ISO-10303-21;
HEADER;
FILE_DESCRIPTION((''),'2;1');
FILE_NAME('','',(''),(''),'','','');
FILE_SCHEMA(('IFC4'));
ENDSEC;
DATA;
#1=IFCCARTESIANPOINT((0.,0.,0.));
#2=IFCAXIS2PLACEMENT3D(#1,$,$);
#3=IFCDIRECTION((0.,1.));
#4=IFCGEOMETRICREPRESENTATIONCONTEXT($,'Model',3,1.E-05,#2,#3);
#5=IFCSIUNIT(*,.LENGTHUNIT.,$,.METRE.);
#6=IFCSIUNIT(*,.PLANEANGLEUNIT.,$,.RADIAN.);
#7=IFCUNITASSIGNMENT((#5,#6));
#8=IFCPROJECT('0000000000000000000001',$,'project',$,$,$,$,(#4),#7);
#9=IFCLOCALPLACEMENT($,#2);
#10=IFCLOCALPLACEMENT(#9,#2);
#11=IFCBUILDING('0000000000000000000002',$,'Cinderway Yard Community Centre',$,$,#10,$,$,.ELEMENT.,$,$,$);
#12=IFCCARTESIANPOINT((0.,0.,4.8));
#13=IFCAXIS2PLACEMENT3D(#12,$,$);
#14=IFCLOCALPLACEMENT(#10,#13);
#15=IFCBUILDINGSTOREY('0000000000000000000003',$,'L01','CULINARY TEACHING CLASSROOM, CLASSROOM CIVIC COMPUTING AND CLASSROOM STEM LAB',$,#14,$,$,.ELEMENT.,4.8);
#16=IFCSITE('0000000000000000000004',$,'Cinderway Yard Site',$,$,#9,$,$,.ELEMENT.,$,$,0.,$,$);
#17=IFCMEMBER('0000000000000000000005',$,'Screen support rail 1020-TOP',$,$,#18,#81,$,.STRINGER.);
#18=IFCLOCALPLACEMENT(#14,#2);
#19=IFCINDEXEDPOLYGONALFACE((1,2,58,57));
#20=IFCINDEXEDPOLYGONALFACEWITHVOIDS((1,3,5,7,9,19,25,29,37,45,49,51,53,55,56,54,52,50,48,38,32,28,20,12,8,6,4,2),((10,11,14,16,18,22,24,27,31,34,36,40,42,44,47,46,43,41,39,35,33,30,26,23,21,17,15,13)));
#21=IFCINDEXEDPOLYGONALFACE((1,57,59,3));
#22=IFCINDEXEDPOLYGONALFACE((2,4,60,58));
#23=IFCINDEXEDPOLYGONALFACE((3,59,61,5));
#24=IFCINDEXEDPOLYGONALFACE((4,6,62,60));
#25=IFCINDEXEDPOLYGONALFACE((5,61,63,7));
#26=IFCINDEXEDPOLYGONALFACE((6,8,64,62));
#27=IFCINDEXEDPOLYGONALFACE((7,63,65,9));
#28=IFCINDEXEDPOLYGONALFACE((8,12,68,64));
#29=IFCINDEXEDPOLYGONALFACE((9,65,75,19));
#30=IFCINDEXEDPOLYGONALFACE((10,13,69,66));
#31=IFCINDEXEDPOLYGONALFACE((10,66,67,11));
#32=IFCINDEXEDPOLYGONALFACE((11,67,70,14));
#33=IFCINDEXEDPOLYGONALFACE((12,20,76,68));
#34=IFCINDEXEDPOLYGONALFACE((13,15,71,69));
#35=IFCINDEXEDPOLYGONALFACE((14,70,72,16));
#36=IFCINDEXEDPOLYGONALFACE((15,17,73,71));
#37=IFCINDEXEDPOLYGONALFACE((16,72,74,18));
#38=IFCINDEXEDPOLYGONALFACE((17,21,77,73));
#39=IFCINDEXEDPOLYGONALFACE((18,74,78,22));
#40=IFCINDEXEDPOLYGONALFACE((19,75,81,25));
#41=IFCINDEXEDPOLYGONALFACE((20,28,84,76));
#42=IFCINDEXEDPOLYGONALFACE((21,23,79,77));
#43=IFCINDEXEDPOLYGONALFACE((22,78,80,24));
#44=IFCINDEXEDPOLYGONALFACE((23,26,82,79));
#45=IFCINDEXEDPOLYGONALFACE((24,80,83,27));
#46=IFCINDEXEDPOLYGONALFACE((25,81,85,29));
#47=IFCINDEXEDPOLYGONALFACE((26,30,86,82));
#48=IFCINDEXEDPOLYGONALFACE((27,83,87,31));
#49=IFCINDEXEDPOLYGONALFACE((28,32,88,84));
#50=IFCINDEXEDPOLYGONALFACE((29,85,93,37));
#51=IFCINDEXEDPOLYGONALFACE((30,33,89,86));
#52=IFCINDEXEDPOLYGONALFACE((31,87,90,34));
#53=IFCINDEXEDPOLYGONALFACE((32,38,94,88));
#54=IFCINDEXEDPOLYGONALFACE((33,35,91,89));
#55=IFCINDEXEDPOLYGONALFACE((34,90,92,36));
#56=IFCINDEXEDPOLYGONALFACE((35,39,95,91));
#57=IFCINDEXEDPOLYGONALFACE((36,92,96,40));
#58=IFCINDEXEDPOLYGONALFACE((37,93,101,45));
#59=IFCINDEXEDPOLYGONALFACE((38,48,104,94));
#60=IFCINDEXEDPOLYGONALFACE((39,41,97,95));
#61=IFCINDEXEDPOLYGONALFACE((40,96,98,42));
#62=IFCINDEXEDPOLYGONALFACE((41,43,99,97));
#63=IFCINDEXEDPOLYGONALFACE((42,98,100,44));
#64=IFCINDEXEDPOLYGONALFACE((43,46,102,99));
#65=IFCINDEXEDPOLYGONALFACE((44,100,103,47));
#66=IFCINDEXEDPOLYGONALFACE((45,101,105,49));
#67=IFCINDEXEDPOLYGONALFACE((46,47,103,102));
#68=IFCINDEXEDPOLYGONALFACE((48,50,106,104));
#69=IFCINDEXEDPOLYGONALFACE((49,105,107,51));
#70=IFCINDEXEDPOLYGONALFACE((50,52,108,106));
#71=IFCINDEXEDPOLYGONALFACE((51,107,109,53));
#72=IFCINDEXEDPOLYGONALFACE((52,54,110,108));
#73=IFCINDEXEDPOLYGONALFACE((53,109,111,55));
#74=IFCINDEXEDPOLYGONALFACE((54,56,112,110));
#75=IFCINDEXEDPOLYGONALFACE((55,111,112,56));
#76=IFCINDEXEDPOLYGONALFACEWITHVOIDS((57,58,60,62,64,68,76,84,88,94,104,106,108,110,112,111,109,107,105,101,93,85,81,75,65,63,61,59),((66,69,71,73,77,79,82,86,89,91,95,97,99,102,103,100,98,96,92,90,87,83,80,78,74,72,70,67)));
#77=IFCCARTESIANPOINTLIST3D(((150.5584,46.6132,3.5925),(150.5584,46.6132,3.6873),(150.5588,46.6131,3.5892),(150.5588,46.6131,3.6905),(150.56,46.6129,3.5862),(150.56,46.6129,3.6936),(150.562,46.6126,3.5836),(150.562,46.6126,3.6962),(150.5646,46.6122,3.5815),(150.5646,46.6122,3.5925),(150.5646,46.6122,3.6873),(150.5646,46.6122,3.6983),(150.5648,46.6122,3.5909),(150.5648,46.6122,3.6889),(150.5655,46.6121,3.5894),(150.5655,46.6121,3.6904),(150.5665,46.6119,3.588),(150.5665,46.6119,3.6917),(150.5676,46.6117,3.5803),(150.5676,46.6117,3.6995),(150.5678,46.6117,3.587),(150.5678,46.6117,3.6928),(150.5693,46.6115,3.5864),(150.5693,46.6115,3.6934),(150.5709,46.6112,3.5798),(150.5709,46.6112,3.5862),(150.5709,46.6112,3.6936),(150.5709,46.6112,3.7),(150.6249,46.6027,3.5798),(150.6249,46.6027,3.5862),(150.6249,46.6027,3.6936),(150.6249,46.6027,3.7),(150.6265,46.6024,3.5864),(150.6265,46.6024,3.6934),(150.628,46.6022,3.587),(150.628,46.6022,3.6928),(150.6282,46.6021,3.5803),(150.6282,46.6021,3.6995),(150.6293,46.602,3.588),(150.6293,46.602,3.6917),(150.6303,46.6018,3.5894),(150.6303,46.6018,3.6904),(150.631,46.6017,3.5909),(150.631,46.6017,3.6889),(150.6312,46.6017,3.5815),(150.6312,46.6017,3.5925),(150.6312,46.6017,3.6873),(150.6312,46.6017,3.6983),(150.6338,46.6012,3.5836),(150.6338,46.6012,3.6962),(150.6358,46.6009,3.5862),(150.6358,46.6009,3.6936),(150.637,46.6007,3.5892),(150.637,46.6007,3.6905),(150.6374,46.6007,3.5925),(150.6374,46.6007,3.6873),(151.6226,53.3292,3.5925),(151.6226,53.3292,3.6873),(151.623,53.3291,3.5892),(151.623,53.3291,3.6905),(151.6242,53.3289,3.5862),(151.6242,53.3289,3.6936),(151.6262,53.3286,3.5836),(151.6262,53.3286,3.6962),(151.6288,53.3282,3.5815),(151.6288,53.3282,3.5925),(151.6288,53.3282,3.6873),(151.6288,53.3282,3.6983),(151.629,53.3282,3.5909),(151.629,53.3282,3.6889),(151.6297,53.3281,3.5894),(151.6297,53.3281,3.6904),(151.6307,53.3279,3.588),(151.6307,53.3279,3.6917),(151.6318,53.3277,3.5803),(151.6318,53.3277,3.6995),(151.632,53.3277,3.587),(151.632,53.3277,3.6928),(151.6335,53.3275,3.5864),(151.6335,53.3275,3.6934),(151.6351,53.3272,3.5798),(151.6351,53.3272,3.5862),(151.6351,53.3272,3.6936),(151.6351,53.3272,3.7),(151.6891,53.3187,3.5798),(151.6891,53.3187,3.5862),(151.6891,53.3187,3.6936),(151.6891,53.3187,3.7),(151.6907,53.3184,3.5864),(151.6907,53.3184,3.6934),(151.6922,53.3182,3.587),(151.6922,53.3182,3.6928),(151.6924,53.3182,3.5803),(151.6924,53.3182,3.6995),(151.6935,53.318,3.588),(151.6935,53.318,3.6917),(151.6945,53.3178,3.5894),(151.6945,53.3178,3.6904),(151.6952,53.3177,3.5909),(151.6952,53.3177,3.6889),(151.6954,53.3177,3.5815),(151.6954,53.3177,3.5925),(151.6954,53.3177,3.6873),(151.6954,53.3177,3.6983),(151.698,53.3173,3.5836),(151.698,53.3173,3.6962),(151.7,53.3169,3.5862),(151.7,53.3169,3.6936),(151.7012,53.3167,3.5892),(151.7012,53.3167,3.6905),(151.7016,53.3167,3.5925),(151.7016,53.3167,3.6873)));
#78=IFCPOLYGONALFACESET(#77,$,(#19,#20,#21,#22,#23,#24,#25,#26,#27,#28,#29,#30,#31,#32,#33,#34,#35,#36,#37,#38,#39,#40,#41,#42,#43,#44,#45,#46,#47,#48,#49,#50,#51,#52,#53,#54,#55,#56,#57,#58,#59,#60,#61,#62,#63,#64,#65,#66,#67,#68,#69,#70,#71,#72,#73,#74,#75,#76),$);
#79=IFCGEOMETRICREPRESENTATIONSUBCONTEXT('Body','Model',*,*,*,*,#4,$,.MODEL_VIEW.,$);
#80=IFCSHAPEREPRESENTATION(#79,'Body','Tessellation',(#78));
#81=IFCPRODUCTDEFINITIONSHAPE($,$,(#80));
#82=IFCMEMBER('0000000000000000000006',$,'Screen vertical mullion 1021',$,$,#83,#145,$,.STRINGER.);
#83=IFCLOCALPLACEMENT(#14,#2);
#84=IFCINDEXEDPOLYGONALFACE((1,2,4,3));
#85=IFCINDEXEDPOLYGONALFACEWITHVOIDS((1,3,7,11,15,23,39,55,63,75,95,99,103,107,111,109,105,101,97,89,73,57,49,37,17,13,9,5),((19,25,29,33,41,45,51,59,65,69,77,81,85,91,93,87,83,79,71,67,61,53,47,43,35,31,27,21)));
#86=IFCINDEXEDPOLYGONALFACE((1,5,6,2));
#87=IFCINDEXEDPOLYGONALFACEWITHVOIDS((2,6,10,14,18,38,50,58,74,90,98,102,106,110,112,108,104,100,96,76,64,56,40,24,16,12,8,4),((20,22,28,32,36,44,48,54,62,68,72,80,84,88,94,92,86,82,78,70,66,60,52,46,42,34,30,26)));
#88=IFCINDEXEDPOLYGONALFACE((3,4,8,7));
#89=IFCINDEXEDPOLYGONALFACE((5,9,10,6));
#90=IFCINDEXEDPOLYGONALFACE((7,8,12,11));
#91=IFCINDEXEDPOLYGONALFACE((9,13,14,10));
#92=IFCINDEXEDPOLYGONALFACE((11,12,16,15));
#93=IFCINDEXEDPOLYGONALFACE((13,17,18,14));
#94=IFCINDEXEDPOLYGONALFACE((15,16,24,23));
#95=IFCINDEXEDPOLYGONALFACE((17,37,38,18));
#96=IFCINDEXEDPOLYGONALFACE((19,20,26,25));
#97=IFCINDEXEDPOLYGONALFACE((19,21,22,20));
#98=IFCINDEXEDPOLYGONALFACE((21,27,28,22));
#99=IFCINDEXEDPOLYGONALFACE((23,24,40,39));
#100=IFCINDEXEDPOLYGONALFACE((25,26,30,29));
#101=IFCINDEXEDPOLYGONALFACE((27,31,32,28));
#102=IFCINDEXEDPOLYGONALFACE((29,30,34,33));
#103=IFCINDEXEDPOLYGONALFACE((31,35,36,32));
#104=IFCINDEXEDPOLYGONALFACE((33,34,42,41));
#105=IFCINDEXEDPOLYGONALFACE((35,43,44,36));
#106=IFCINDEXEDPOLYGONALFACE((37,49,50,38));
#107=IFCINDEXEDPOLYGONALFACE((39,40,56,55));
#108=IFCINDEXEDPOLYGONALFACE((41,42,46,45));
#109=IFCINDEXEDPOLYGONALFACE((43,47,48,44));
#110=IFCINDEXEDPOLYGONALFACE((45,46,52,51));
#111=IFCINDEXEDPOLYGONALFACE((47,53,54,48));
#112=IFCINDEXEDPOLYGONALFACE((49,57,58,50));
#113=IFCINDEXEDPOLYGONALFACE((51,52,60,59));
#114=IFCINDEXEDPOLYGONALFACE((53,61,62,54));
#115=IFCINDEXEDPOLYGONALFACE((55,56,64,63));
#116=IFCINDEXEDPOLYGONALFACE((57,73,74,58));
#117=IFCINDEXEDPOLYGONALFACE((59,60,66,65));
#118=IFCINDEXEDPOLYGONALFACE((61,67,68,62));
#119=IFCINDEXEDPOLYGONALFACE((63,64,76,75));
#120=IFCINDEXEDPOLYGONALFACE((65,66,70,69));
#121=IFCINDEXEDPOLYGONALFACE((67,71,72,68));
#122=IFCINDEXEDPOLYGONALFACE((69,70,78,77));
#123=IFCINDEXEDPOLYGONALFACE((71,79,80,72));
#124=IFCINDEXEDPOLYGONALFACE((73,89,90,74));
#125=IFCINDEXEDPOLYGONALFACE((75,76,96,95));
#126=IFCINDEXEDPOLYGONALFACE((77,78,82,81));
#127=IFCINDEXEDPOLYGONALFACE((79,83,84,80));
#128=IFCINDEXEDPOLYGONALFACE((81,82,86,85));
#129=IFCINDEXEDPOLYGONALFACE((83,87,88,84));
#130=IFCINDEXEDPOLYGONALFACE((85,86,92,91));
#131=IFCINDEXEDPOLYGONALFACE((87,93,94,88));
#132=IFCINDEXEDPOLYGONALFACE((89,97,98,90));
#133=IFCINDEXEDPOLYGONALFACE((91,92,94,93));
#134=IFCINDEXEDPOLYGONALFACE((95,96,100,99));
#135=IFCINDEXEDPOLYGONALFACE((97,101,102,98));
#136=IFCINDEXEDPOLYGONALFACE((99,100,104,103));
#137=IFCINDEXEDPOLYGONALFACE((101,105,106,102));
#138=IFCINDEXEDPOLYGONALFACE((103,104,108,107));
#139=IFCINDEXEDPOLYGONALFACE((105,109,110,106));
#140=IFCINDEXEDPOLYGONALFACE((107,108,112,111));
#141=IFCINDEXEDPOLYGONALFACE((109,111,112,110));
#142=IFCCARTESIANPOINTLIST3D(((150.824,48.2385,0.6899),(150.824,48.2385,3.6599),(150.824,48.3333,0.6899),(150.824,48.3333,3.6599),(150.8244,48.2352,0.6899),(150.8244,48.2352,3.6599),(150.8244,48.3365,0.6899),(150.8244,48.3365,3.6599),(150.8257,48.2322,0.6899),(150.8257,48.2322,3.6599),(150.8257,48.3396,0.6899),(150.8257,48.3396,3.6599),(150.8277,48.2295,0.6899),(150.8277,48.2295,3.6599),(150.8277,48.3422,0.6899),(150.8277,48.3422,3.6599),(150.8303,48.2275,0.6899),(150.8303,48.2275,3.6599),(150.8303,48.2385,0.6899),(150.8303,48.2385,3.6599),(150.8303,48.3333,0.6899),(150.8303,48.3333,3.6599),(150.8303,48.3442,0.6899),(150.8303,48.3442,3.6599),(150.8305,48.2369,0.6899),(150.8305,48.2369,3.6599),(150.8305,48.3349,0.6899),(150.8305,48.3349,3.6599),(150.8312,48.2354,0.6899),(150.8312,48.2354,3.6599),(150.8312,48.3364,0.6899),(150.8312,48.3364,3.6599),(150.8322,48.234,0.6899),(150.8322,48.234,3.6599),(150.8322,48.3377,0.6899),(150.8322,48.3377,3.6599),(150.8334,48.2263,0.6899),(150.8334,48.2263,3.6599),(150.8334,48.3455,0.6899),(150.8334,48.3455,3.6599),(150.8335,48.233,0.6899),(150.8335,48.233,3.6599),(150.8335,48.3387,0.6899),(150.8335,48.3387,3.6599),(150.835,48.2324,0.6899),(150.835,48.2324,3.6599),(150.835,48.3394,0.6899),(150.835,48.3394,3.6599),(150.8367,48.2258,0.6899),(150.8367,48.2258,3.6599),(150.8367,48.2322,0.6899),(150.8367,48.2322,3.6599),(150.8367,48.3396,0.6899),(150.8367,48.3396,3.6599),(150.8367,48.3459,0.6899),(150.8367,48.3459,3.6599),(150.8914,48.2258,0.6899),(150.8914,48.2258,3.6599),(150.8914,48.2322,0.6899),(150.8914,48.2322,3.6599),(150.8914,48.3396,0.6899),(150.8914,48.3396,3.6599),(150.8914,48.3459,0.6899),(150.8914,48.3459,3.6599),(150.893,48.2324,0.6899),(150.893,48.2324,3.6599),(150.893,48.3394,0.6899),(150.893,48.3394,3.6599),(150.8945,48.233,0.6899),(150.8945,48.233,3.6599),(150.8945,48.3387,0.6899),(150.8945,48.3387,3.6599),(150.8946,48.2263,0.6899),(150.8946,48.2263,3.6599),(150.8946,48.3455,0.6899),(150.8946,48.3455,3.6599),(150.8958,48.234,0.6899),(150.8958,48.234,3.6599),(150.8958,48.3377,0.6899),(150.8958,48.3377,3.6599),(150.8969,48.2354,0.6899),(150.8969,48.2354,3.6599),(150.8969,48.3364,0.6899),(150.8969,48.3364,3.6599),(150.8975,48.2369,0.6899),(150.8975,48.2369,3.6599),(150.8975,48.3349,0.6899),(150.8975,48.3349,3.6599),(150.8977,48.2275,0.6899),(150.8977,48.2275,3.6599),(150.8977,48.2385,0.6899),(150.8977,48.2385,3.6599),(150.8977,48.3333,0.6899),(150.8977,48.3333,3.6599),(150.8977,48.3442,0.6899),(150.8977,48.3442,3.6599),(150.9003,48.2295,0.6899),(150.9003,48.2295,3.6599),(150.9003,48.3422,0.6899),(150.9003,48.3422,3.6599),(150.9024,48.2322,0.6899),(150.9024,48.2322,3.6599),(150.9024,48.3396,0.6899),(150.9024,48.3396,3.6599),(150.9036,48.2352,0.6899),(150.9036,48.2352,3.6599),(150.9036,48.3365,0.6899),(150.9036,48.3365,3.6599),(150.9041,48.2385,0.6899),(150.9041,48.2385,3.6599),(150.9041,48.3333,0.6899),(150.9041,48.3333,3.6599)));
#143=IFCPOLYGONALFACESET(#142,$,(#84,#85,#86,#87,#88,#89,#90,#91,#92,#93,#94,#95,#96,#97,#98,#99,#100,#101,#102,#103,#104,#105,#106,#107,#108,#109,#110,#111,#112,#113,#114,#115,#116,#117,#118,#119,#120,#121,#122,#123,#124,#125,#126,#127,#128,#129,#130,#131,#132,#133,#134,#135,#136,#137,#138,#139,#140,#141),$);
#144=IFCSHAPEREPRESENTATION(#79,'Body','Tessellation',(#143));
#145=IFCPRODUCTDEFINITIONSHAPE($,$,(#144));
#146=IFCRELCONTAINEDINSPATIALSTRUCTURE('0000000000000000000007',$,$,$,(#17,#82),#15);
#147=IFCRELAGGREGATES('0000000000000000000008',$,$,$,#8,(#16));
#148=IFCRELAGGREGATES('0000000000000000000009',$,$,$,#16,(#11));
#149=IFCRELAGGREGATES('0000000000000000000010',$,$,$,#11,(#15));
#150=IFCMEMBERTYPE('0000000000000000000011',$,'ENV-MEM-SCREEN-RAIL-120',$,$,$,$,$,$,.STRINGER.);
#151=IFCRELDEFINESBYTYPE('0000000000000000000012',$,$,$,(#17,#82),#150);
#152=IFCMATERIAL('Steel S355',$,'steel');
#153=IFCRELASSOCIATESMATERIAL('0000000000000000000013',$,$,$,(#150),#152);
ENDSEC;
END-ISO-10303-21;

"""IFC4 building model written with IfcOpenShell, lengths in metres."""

from ifc_helpers import new_model, si_unit, direction, frame, origin, origin_2d, place, context, subcontext, project, spatial, hollow_rectangle, extrude, material, material_profile, profile_set, type_object, element, save


model = new_model("IFC4")

# Units and contexts
model_context = context("Model", 3, precision=1e-05, world=origin(), true_north=direction((0.0, 1.0)))
body_context = subcontext(model_context, "Body", "Model", "MODEL_VIEW")
ifc_project = project(units=[si_unit("LENGTHUNIT", "METRE"), si_unit("PLANEANGLEUNIT", "RADIAN")], contexts=[model_context])

# Site, building, storey
site_placement = place(None, origin())
site = spatial("IfcSite", under=ifc_project, at=site_placement, Name="Cinderway Yard Site", CompositionType="ELEMENT", RefElevation=0.0)
building_placement = place(site_placement, origin())
building = spatial("IfcBuilding", under=site, at=building_placement, Name="Cinderway Yard Community Centre", CompositionType="ELEMENT")
storey_placement = place(building_placement, frame((0.0, 0.0, 4.8)))
storey = spatial("IfcBuildingStorey", under=building, at=storey_placement, Name="L01", Description="CULINARY TEACHING CLASSROOM, CLASSROOM CIVIC COMPUTING AND CLASSROOM STEM LAB", CompositionType="ELEMENT", Elevation=4.8)

# Members
ifc_material_1 = material(Name="Steel S355", Category="steel")
ifc_material_profile_1 = material_profile(ifc_material_1, hollow_rectangle(XDim=0.0801, YDim=0.1201, WallThickness=0.0063, InnerFilletRadius=0.0063, OuterFilletRadius=0.0127, at=origin_2d()), Name="Steel S355")
ifc_profile_set_1 = profile_set([ifc_material_profile_1], Name="Steel S355")
member_type_1 = type_object("IfcMemberType", Name="ENV-MEM-SCREEN-RAIL-120", PredefinedType="STRINGER", material=ifc_profile_set_1)
for number, where, z_axis, x_axis, name in (
    (1, (150.5979, 46.6069, 3.6399), (0.156505, 0.987677, 0.0), (-0.987677, 0.156505, 0.0), "Screen support rail 1020-TOP"),
):
    element("IfcMember", number, at=place(storey_placement, frame(where, z_axis=z_axis, x_axis=x_axis)), inside=storey, type_object=member_type_1, Name=name, PredefinedType="STRINGER", context=body_context, shape_type="SweptSolid", body=[
        extrude(hollow_rectangle(XDim=0.0801, YDim=0.1201, WallThickness=0.0063, InnerFilletRadius=0.0063, OuterFilletRadius=0.0127, at=origin_2d()), origin(), (0.0, 0.0, 1.0), 6.7998),
    ])
for number, where, z_axis, x_axis, name in (
    (2, (150.864, 48.2859, 0.6899), (0.0, 0.0, 1.0), (1.0, 0.0, 0.0), "Screen vertical mullion 1021"),
):
    element("IfcMember", number, at=place(storey_placement, frame(where, z_axis=z_axis, x_axis=x_axis)), inside=storey, type_object=member_type_1, Name=name, PredefinedType="STRINGER", context=body_context, shape_type="SweptSolid", body=[
        extrude(hollow_rectangle(XDim=0.0801, YDim=0.1201, WallThickness=0.0063, InnerFilletRadius=0.0063, OuterFilletRadius=0.0127, at=origin_2d()), origin(), (0.0, 0.0, 1.0), 2.97),
    ])

save(model, "model.ifc")
